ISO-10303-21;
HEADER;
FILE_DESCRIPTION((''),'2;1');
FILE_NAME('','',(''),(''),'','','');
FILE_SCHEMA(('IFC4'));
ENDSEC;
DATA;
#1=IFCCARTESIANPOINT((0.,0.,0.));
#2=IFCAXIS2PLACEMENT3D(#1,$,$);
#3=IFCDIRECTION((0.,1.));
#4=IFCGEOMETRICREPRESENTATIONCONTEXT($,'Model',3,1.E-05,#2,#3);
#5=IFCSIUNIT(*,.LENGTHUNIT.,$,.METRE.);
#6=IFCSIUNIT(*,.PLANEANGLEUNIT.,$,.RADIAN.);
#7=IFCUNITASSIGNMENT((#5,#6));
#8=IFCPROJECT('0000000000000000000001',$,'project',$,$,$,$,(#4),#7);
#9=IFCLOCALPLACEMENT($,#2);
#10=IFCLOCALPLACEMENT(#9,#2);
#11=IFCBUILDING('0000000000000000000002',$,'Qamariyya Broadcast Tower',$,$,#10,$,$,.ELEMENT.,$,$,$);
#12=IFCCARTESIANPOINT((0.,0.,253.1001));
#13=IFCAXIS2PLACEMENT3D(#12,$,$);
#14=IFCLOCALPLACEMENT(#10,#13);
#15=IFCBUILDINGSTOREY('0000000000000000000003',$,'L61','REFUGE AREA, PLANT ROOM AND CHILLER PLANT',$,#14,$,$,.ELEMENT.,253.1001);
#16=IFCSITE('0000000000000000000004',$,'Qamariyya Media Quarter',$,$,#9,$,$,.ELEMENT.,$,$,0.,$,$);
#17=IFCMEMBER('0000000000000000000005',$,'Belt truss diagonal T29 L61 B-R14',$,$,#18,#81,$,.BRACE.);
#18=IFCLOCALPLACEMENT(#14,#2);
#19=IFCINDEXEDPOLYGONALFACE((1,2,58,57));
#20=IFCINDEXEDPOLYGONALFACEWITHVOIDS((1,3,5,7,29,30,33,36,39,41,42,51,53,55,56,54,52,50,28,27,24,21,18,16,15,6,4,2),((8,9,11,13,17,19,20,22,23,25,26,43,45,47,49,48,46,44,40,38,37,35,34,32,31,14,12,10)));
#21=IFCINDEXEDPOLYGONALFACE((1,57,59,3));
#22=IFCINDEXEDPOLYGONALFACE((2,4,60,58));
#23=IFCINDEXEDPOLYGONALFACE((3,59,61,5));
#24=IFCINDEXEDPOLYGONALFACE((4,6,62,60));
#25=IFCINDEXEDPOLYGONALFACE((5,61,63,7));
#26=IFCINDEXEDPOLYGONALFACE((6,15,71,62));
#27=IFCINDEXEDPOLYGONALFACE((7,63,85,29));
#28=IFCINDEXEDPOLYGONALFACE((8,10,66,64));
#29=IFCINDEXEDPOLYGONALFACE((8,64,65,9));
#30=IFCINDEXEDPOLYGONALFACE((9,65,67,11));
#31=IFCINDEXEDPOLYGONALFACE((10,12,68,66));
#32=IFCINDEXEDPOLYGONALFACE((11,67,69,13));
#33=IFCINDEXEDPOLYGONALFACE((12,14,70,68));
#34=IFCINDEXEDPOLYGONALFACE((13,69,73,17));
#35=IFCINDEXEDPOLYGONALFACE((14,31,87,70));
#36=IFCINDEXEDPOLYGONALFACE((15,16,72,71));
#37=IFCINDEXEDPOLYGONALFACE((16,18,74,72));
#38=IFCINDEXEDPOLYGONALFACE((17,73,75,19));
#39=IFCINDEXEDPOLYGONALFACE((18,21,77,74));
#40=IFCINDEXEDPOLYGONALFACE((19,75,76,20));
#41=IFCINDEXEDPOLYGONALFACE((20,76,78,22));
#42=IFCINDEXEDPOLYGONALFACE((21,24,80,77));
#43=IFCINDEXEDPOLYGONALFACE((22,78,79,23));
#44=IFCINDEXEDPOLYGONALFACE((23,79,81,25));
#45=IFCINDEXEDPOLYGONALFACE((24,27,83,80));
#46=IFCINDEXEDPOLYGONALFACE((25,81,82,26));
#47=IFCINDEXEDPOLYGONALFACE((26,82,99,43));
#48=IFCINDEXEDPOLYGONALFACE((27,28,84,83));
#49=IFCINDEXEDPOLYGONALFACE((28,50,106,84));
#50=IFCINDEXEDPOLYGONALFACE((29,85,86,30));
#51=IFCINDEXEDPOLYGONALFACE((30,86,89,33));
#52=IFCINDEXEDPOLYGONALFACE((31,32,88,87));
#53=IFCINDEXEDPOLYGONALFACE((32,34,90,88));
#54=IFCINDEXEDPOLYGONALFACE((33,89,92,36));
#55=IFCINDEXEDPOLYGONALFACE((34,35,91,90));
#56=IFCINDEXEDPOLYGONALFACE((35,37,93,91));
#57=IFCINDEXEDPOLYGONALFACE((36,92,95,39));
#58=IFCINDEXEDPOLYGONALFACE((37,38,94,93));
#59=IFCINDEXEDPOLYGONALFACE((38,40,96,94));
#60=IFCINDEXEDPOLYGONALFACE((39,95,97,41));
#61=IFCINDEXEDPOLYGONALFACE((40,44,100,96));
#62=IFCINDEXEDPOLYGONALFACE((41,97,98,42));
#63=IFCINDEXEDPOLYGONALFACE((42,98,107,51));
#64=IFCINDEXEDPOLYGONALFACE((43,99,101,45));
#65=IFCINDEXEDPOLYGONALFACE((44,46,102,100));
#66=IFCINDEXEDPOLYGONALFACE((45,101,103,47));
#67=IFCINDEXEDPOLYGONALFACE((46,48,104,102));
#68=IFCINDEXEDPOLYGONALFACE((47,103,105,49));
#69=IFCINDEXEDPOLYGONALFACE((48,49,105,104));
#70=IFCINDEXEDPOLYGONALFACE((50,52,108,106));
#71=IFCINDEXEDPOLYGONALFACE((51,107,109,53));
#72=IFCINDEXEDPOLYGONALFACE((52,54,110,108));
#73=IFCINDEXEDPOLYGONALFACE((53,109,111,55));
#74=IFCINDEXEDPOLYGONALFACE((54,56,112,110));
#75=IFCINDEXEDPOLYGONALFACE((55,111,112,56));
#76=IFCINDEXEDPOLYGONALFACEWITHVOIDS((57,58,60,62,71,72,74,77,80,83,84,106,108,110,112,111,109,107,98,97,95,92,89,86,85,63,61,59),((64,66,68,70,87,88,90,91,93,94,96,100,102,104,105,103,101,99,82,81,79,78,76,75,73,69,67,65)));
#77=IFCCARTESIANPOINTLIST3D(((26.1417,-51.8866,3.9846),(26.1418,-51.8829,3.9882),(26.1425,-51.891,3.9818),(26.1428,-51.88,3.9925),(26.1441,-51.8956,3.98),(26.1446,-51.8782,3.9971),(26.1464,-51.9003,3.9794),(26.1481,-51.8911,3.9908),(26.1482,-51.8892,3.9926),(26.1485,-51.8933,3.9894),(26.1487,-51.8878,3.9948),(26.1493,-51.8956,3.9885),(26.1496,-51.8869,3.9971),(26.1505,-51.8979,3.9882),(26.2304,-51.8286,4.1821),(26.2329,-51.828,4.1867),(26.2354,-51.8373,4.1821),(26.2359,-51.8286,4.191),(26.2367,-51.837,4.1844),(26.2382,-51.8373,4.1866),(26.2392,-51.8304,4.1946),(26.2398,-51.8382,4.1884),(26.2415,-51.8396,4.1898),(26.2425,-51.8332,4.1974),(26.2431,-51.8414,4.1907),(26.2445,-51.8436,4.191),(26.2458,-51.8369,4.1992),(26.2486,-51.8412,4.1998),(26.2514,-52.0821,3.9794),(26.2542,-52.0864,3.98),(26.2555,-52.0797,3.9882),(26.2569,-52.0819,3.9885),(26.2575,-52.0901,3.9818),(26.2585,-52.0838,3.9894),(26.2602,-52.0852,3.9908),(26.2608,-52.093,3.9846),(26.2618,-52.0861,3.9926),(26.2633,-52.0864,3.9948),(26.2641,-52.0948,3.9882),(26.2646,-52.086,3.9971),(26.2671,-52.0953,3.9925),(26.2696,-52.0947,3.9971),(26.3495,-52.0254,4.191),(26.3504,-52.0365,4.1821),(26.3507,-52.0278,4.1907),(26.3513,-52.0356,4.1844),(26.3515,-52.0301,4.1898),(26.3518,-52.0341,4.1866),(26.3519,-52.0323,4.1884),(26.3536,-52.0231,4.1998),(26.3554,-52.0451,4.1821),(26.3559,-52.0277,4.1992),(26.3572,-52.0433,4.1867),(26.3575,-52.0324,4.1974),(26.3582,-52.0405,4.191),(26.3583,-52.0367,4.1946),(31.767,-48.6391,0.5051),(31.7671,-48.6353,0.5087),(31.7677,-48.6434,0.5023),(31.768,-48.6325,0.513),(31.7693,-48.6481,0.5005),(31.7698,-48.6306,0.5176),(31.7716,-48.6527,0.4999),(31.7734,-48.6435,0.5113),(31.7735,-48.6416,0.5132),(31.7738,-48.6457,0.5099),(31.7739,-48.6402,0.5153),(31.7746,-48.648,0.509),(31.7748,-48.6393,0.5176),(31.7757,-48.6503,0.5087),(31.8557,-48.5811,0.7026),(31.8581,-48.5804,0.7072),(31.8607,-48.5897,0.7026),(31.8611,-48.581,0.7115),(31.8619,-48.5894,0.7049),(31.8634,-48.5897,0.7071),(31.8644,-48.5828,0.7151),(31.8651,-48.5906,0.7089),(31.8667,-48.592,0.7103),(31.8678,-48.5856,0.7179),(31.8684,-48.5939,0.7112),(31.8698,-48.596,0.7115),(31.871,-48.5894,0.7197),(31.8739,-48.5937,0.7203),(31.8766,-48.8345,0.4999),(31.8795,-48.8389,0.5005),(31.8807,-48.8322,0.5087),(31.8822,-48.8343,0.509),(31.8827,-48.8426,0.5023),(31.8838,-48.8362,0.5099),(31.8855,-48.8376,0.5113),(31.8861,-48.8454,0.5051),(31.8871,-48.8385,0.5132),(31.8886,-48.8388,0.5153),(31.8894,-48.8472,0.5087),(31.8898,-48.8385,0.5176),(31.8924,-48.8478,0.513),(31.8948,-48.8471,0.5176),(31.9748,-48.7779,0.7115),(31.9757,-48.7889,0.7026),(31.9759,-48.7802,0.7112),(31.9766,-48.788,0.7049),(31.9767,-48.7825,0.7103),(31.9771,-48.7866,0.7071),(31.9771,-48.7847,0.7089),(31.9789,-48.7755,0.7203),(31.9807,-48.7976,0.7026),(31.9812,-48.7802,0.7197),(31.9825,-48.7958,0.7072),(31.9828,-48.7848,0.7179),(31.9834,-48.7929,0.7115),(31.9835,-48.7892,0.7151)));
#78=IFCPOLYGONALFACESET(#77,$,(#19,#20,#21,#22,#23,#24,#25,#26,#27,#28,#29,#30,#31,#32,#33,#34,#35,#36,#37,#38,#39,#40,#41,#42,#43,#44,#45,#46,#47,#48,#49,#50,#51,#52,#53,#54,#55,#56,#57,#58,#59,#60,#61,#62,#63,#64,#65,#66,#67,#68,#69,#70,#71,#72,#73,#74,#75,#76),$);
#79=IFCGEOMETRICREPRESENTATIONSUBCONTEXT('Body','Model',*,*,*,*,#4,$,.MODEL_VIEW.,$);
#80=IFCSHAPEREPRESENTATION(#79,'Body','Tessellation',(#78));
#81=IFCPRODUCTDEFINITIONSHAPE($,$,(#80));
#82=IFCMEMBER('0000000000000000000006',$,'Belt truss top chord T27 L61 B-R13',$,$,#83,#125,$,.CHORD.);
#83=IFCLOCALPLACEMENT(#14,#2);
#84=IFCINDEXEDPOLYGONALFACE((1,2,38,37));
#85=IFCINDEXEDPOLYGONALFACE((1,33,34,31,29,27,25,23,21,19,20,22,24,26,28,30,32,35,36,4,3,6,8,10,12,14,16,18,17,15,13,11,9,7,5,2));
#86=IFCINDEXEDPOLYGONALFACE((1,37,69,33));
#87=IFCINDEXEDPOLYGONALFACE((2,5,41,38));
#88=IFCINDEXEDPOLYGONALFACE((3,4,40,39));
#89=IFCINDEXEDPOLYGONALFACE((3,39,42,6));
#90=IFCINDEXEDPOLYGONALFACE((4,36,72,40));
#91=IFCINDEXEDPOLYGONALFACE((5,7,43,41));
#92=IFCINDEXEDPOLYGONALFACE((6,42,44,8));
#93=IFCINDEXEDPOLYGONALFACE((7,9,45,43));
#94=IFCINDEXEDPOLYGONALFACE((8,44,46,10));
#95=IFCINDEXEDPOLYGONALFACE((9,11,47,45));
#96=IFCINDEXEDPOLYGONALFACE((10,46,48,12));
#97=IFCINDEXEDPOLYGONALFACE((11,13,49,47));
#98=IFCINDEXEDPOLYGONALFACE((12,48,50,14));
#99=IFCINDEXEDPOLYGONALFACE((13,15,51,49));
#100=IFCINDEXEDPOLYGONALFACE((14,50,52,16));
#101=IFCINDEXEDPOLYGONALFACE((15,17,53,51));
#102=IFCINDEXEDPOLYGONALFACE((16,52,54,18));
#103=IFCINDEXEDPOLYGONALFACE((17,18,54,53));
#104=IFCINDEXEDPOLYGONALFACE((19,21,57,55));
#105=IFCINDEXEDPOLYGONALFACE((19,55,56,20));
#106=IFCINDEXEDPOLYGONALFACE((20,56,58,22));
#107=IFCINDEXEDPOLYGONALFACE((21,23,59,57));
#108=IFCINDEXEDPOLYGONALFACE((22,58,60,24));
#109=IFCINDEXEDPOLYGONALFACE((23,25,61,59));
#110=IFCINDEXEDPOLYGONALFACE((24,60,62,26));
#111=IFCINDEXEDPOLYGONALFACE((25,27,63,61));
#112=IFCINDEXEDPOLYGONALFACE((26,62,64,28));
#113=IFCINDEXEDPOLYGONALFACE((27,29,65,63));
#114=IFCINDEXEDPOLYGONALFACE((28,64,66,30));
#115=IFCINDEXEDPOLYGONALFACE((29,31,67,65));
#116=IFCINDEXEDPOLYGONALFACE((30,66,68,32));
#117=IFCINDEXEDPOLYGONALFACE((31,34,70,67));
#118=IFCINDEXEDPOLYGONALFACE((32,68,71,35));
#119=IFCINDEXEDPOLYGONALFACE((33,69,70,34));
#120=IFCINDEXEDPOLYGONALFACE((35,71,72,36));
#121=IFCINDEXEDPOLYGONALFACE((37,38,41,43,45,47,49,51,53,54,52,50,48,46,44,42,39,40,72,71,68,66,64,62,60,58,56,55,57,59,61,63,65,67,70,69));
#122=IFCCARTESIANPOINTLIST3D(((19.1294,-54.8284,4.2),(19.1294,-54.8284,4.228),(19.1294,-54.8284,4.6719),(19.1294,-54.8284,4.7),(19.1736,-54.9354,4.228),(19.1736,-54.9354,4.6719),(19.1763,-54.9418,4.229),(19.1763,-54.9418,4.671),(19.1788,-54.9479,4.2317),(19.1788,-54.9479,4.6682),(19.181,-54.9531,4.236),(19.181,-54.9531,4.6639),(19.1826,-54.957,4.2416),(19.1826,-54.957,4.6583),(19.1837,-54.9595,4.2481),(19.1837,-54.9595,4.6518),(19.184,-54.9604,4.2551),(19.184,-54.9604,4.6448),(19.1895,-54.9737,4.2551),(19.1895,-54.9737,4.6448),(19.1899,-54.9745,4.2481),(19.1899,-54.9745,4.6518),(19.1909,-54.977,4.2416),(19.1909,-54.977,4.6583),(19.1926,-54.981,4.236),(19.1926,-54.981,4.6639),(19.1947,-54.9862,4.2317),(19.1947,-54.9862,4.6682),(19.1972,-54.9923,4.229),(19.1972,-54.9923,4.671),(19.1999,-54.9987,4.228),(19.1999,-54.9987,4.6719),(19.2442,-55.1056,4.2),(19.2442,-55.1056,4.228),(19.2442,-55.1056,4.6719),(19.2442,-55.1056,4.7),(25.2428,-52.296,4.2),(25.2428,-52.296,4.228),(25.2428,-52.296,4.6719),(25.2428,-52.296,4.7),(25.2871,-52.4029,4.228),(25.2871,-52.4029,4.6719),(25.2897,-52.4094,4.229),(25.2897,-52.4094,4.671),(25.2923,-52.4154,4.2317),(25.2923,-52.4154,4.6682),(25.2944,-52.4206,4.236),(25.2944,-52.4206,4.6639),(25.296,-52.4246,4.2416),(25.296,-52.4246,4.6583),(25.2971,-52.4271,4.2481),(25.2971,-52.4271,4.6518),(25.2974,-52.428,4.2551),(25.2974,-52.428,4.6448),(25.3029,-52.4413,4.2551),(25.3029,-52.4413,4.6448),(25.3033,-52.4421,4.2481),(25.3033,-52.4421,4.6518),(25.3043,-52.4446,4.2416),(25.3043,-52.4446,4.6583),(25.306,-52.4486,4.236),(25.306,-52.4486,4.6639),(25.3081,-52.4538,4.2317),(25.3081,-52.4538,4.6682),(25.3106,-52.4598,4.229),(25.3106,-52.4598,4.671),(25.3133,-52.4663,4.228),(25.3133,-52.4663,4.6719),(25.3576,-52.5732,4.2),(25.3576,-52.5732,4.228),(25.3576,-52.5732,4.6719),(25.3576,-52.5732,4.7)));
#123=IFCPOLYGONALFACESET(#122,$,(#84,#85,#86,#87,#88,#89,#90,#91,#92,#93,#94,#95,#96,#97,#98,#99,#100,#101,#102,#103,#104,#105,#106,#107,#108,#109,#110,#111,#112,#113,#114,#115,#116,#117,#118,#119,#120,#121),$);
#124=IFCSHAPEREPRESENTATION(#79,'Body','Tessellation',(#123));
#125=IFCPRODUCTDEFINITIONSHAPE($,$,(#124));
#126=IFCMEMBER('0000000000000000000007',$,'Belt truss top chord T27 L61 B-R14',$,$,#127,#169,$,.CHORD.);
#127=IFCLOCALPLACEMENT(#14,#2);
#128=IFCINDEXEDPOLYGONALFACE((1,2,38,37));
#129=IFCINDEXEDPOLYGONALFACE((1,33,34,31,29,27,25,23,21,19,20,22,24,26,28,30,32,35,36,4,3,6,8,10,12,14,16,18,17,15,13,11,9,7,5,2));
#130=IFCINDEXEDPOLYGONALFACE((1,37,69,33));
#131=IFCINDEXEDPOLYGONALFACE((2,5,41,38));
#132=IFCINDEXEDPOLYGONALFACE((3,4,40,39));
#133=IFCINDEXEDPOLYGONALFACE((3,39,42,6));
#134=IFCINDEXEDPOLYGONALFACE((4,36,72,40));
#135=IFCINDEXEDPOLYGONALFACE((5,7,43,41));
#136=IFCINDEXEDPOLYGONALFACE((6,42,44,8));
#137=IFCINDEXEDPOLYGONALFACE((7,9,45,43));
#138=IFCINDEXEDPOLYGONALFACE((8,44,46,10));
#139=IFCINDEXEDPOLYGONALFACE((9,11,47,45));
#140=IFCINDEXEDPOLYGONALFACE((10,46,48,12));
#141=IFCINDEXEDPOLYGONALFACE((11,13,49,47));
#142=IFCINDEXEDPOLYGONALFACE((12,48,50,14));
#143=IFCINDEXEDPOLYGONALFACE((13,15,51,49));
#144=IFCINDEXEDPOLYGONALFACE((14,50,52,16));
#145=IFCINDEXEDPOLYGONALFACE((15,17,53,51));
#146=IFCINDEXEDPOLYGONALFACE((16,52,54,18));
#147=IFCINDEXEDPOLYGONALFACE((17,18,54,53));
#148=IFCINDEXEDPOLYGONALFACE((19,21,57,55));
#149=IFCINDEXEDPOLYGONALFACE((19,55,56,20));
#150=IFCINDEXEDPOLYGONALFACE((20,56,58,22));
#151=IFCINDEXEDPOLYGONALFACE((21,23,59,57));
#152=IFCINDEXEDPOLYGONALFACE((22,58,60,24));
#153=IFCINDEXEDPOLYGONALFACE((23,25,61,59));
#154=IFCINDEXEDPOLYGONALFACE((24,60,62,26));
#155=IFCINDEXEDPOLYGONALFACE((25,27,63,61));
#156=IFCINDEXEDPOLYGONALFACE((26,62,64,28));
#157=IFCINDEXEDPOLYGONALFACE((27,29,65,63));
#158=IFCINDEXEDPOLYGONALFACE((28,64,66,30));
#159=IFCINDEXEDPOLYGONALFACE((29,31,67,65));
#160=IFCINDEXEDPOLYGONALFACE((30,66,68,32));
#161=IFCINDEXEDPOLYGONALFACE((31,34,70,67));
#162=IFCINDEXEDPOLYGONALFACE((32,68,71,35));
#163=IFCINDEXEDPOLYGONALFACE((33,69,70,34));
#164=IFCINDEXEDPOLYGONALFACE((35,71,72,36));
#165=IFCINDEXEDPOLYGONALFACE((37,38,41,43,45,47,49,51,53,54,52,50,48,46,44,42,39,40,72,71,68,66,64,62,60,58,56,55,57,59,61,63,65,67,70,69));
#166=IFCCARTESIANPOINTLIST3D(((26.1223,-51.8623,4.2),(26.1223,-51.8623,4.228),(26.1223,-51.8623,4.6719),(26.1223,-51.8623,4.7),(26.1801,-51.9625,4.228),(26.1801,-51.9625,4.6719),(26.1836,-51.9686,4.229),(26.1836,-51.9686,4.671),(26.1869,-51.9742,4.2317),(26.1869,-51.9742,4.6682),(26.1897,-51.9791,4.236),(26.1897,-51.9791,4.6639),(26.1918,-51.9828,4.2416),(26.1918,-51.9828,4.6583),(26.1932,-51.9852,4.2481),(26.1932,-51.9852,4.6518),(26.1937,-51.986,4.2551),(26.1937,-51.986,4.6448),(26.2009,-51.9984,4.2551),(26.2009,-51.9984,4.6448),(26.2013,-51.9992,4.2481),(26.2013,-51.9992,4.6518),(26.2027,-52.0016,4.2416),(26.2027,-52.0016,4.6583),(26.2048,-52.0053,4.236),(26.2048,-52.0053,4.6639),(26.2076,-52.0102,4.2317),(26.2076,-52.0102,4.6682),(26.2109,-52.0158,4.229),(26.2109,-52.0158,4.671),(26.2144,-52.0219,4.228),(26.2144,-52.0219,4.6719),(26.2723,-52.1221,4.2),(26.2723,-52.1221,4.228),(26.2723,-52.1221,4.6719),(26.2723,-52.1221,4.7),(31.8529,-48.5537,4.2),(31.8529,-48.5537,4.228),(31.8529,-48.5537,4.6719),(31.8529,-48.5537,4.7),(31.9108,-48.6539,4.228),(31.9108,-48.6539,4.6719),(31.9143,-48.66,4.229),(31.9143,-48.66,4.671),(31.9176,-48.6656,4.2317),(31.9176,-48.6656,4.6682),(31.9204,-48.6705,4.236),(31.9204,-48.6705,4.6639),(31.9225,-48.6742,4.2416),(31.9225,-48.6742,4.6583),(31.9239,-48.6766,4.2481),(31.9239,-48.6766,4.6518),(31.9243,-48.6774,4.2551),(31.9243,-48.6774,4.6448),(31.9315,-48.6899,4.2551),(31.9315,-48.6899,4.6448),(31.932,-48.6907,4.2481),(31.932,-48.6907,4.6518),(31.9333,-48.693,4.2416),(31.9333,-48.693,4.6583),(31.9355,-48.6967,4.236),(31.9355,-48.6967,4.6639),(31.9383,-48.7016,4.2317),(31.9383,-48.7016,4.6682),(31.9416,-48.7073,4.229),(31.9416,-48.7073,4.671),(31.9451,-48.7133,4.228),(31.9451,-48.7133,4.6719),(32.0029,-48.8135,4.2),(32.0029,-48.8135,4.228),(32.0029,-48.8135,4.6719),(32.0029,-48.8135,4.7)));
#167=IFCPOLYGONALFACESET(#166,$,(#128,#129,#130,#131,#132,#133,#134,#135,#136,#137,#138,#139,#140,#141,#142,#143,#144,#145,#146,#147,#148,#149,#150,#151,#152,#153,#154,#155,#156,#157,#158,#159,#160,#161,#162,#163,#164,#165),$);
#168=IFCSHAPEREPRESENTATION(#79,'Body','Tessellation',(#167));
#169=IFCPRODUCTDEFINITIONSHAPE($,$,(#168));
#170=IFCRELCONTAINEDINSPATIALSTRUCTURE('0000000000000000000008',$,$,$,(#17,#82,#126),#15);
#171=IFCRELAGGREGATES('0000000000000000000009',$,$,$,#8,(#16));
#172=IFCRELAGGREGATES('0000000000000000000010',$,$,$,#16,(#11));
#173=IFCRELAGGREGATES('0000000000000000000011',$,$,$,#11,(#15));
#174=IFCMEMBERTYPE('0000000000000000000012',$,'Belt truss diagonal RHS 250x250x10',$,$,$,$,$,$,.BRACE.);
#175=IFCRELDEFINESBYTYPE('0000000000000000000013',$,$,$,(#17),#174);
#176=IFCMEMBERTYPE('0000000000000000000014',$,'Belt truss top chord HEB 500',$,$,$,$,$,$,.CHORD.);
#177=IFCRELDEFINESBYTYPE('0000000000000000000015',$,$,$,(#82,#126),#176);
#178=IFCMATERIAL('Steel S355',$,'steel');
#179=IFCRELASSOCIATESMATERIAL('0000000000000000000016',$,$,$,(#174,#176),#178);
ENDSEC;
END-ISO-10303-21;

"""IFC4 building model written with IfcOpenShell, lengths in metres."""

from ifc_helpers import new_model, si_unit, direction, frame, origin, origin_2d, place, context, subcontext, project, spatial, hollow_rectangle, i_section, extrude, material, material_profile, profile_set, type_object, element, save


model = new_model("IFC4")

# Units and contexts
model_context = context("Model", 3, precision=1e-05, world=origin(), true_north=direction((0.0, 1.0)))
body_context = subcontext(model_context, "Body", "Model", "MODEL_VIEW")
ifc_project = project(units=[si_unit("LENGTHUNIT", "METRE"), si_unit("PLANEANGLEUNIT", "RADIAN")], contexts=[model_context])

# Site, building, storey
site_placement = place(None, origin())
site = spatial("IfcSite", under=ifc_project, at=site_placement, Name="Qamariyya Media Quarter", CompositionType="ELEMENT", RefElevation=0.0)
building_placement = place(site_placement, origin())
building = spatial("IfcBuilding", under=site, at=building_placement, Name="Qamariyya Broadcast Tower", CompositionType="ELEMENT")
storey_placement = place(building_placement, frame((0.0, 0.0, 253.1001)))
storey = spatial("IfcBuildingStorey", under=building, at=storey_placement, Name="L61", Description="REFUGE AREA, PLANT ROOM AND CHILLER PLANT", CompositionType="ELEMENT", Elevation=253.1001)

# Members
ifc_material_1 = material(Name="Steel S355", Category="steel")
ifc_material_profile_1 = material_profile(ifc_material_1, hollow_rectangle(XDim=0.25, YDim=0.25, WallThickness=0.01, InnerFilletRadius=0.01, OuterFilletRadius=0.02, at=origin_2d()))
ifc_profile_set_1 = profile_set([ifc_material_profile_1], Name="Steel S355")
member_type_1 = type_object("IfcMemberType", Name="Belt truss diagonal RHS 250x250x10", PredefinedType="BRACE", material=ifc_profile_set_1)
member_1_placement = place(storey_placement, frame((26.25, -51.9617, 4.0896), z_axis=(0.763403, 0.440727, -0.472203), x_axis=(-0.499979, 0.866037, 0.0)))
element("IfcMember", 1, at=member_1_placement, inside=storey, type_object=member_type_1, Name="Belt truss diagonal T29 L61 B-R14", PredefinedType="BRACE", context=body_context, shape_type="SweptSolid", body=[
    extrude(hollow_rectangle(XDim=0.25, YDim=0.25, WallThickness=0.01, InnerFilletRadius=0.01, OuterFilletRadius=0.02, at=origin_2d()), origin(), (0.0, 0.0, 1.0), 7.3687),
])
ifc_material_profile_2 = material_profile(ifc_material_1, i_section(OverallWidth=0.3, OverallDepth=0.5, WebThickness=0.0144, FlangeThickness=0.0281, FilletRadius=0.0271, at=origin_2d()))
ifc_profile_set_2 = profile_set([ifc_material_profile_2], Name="Steel S355")
member_type_2 = type_object("IfcMemberType", Name="Belt truss top chord HEB 500", PredefinedType="CHORD", material=ifc_profile_set_2)
for number, where, z_axis, x_axis, name in (
    (2, (19.1868, -54.967, 4.45), (0.923871, 0.382705, 0.0), (-0.382705, 0.923871, 0.0), "Belt truss top chord T27 L61 B-R13"),
    (3, (26.1973, -51.9922, 4.45), (0.866028, 0.499996, 0.0), (-0.499996, 0.866028, 0.0), "Belt truss top chord T27 L61 B-R14"),
):
    element("IfcMember", number, at=place(storey_placement, frame(where, z_axis=z_axis, x_axis=x_axis)), inside=storey, type_object=member_type_2, Name=name, PredefinedType="CHORD", context=body_context, shape_type="SweptSolid", body=[
        extrude(i_section(OverallWidth=0.3, OverallDepth=0.5, WebThickness=0.0144, FlangeThickness=0.0281, FilletRadius=0.0271, at=origin_2d()), origin(), (0.0, 0.0, 1.0), 6.6172),
    ])

save(model, "model.ifc")
